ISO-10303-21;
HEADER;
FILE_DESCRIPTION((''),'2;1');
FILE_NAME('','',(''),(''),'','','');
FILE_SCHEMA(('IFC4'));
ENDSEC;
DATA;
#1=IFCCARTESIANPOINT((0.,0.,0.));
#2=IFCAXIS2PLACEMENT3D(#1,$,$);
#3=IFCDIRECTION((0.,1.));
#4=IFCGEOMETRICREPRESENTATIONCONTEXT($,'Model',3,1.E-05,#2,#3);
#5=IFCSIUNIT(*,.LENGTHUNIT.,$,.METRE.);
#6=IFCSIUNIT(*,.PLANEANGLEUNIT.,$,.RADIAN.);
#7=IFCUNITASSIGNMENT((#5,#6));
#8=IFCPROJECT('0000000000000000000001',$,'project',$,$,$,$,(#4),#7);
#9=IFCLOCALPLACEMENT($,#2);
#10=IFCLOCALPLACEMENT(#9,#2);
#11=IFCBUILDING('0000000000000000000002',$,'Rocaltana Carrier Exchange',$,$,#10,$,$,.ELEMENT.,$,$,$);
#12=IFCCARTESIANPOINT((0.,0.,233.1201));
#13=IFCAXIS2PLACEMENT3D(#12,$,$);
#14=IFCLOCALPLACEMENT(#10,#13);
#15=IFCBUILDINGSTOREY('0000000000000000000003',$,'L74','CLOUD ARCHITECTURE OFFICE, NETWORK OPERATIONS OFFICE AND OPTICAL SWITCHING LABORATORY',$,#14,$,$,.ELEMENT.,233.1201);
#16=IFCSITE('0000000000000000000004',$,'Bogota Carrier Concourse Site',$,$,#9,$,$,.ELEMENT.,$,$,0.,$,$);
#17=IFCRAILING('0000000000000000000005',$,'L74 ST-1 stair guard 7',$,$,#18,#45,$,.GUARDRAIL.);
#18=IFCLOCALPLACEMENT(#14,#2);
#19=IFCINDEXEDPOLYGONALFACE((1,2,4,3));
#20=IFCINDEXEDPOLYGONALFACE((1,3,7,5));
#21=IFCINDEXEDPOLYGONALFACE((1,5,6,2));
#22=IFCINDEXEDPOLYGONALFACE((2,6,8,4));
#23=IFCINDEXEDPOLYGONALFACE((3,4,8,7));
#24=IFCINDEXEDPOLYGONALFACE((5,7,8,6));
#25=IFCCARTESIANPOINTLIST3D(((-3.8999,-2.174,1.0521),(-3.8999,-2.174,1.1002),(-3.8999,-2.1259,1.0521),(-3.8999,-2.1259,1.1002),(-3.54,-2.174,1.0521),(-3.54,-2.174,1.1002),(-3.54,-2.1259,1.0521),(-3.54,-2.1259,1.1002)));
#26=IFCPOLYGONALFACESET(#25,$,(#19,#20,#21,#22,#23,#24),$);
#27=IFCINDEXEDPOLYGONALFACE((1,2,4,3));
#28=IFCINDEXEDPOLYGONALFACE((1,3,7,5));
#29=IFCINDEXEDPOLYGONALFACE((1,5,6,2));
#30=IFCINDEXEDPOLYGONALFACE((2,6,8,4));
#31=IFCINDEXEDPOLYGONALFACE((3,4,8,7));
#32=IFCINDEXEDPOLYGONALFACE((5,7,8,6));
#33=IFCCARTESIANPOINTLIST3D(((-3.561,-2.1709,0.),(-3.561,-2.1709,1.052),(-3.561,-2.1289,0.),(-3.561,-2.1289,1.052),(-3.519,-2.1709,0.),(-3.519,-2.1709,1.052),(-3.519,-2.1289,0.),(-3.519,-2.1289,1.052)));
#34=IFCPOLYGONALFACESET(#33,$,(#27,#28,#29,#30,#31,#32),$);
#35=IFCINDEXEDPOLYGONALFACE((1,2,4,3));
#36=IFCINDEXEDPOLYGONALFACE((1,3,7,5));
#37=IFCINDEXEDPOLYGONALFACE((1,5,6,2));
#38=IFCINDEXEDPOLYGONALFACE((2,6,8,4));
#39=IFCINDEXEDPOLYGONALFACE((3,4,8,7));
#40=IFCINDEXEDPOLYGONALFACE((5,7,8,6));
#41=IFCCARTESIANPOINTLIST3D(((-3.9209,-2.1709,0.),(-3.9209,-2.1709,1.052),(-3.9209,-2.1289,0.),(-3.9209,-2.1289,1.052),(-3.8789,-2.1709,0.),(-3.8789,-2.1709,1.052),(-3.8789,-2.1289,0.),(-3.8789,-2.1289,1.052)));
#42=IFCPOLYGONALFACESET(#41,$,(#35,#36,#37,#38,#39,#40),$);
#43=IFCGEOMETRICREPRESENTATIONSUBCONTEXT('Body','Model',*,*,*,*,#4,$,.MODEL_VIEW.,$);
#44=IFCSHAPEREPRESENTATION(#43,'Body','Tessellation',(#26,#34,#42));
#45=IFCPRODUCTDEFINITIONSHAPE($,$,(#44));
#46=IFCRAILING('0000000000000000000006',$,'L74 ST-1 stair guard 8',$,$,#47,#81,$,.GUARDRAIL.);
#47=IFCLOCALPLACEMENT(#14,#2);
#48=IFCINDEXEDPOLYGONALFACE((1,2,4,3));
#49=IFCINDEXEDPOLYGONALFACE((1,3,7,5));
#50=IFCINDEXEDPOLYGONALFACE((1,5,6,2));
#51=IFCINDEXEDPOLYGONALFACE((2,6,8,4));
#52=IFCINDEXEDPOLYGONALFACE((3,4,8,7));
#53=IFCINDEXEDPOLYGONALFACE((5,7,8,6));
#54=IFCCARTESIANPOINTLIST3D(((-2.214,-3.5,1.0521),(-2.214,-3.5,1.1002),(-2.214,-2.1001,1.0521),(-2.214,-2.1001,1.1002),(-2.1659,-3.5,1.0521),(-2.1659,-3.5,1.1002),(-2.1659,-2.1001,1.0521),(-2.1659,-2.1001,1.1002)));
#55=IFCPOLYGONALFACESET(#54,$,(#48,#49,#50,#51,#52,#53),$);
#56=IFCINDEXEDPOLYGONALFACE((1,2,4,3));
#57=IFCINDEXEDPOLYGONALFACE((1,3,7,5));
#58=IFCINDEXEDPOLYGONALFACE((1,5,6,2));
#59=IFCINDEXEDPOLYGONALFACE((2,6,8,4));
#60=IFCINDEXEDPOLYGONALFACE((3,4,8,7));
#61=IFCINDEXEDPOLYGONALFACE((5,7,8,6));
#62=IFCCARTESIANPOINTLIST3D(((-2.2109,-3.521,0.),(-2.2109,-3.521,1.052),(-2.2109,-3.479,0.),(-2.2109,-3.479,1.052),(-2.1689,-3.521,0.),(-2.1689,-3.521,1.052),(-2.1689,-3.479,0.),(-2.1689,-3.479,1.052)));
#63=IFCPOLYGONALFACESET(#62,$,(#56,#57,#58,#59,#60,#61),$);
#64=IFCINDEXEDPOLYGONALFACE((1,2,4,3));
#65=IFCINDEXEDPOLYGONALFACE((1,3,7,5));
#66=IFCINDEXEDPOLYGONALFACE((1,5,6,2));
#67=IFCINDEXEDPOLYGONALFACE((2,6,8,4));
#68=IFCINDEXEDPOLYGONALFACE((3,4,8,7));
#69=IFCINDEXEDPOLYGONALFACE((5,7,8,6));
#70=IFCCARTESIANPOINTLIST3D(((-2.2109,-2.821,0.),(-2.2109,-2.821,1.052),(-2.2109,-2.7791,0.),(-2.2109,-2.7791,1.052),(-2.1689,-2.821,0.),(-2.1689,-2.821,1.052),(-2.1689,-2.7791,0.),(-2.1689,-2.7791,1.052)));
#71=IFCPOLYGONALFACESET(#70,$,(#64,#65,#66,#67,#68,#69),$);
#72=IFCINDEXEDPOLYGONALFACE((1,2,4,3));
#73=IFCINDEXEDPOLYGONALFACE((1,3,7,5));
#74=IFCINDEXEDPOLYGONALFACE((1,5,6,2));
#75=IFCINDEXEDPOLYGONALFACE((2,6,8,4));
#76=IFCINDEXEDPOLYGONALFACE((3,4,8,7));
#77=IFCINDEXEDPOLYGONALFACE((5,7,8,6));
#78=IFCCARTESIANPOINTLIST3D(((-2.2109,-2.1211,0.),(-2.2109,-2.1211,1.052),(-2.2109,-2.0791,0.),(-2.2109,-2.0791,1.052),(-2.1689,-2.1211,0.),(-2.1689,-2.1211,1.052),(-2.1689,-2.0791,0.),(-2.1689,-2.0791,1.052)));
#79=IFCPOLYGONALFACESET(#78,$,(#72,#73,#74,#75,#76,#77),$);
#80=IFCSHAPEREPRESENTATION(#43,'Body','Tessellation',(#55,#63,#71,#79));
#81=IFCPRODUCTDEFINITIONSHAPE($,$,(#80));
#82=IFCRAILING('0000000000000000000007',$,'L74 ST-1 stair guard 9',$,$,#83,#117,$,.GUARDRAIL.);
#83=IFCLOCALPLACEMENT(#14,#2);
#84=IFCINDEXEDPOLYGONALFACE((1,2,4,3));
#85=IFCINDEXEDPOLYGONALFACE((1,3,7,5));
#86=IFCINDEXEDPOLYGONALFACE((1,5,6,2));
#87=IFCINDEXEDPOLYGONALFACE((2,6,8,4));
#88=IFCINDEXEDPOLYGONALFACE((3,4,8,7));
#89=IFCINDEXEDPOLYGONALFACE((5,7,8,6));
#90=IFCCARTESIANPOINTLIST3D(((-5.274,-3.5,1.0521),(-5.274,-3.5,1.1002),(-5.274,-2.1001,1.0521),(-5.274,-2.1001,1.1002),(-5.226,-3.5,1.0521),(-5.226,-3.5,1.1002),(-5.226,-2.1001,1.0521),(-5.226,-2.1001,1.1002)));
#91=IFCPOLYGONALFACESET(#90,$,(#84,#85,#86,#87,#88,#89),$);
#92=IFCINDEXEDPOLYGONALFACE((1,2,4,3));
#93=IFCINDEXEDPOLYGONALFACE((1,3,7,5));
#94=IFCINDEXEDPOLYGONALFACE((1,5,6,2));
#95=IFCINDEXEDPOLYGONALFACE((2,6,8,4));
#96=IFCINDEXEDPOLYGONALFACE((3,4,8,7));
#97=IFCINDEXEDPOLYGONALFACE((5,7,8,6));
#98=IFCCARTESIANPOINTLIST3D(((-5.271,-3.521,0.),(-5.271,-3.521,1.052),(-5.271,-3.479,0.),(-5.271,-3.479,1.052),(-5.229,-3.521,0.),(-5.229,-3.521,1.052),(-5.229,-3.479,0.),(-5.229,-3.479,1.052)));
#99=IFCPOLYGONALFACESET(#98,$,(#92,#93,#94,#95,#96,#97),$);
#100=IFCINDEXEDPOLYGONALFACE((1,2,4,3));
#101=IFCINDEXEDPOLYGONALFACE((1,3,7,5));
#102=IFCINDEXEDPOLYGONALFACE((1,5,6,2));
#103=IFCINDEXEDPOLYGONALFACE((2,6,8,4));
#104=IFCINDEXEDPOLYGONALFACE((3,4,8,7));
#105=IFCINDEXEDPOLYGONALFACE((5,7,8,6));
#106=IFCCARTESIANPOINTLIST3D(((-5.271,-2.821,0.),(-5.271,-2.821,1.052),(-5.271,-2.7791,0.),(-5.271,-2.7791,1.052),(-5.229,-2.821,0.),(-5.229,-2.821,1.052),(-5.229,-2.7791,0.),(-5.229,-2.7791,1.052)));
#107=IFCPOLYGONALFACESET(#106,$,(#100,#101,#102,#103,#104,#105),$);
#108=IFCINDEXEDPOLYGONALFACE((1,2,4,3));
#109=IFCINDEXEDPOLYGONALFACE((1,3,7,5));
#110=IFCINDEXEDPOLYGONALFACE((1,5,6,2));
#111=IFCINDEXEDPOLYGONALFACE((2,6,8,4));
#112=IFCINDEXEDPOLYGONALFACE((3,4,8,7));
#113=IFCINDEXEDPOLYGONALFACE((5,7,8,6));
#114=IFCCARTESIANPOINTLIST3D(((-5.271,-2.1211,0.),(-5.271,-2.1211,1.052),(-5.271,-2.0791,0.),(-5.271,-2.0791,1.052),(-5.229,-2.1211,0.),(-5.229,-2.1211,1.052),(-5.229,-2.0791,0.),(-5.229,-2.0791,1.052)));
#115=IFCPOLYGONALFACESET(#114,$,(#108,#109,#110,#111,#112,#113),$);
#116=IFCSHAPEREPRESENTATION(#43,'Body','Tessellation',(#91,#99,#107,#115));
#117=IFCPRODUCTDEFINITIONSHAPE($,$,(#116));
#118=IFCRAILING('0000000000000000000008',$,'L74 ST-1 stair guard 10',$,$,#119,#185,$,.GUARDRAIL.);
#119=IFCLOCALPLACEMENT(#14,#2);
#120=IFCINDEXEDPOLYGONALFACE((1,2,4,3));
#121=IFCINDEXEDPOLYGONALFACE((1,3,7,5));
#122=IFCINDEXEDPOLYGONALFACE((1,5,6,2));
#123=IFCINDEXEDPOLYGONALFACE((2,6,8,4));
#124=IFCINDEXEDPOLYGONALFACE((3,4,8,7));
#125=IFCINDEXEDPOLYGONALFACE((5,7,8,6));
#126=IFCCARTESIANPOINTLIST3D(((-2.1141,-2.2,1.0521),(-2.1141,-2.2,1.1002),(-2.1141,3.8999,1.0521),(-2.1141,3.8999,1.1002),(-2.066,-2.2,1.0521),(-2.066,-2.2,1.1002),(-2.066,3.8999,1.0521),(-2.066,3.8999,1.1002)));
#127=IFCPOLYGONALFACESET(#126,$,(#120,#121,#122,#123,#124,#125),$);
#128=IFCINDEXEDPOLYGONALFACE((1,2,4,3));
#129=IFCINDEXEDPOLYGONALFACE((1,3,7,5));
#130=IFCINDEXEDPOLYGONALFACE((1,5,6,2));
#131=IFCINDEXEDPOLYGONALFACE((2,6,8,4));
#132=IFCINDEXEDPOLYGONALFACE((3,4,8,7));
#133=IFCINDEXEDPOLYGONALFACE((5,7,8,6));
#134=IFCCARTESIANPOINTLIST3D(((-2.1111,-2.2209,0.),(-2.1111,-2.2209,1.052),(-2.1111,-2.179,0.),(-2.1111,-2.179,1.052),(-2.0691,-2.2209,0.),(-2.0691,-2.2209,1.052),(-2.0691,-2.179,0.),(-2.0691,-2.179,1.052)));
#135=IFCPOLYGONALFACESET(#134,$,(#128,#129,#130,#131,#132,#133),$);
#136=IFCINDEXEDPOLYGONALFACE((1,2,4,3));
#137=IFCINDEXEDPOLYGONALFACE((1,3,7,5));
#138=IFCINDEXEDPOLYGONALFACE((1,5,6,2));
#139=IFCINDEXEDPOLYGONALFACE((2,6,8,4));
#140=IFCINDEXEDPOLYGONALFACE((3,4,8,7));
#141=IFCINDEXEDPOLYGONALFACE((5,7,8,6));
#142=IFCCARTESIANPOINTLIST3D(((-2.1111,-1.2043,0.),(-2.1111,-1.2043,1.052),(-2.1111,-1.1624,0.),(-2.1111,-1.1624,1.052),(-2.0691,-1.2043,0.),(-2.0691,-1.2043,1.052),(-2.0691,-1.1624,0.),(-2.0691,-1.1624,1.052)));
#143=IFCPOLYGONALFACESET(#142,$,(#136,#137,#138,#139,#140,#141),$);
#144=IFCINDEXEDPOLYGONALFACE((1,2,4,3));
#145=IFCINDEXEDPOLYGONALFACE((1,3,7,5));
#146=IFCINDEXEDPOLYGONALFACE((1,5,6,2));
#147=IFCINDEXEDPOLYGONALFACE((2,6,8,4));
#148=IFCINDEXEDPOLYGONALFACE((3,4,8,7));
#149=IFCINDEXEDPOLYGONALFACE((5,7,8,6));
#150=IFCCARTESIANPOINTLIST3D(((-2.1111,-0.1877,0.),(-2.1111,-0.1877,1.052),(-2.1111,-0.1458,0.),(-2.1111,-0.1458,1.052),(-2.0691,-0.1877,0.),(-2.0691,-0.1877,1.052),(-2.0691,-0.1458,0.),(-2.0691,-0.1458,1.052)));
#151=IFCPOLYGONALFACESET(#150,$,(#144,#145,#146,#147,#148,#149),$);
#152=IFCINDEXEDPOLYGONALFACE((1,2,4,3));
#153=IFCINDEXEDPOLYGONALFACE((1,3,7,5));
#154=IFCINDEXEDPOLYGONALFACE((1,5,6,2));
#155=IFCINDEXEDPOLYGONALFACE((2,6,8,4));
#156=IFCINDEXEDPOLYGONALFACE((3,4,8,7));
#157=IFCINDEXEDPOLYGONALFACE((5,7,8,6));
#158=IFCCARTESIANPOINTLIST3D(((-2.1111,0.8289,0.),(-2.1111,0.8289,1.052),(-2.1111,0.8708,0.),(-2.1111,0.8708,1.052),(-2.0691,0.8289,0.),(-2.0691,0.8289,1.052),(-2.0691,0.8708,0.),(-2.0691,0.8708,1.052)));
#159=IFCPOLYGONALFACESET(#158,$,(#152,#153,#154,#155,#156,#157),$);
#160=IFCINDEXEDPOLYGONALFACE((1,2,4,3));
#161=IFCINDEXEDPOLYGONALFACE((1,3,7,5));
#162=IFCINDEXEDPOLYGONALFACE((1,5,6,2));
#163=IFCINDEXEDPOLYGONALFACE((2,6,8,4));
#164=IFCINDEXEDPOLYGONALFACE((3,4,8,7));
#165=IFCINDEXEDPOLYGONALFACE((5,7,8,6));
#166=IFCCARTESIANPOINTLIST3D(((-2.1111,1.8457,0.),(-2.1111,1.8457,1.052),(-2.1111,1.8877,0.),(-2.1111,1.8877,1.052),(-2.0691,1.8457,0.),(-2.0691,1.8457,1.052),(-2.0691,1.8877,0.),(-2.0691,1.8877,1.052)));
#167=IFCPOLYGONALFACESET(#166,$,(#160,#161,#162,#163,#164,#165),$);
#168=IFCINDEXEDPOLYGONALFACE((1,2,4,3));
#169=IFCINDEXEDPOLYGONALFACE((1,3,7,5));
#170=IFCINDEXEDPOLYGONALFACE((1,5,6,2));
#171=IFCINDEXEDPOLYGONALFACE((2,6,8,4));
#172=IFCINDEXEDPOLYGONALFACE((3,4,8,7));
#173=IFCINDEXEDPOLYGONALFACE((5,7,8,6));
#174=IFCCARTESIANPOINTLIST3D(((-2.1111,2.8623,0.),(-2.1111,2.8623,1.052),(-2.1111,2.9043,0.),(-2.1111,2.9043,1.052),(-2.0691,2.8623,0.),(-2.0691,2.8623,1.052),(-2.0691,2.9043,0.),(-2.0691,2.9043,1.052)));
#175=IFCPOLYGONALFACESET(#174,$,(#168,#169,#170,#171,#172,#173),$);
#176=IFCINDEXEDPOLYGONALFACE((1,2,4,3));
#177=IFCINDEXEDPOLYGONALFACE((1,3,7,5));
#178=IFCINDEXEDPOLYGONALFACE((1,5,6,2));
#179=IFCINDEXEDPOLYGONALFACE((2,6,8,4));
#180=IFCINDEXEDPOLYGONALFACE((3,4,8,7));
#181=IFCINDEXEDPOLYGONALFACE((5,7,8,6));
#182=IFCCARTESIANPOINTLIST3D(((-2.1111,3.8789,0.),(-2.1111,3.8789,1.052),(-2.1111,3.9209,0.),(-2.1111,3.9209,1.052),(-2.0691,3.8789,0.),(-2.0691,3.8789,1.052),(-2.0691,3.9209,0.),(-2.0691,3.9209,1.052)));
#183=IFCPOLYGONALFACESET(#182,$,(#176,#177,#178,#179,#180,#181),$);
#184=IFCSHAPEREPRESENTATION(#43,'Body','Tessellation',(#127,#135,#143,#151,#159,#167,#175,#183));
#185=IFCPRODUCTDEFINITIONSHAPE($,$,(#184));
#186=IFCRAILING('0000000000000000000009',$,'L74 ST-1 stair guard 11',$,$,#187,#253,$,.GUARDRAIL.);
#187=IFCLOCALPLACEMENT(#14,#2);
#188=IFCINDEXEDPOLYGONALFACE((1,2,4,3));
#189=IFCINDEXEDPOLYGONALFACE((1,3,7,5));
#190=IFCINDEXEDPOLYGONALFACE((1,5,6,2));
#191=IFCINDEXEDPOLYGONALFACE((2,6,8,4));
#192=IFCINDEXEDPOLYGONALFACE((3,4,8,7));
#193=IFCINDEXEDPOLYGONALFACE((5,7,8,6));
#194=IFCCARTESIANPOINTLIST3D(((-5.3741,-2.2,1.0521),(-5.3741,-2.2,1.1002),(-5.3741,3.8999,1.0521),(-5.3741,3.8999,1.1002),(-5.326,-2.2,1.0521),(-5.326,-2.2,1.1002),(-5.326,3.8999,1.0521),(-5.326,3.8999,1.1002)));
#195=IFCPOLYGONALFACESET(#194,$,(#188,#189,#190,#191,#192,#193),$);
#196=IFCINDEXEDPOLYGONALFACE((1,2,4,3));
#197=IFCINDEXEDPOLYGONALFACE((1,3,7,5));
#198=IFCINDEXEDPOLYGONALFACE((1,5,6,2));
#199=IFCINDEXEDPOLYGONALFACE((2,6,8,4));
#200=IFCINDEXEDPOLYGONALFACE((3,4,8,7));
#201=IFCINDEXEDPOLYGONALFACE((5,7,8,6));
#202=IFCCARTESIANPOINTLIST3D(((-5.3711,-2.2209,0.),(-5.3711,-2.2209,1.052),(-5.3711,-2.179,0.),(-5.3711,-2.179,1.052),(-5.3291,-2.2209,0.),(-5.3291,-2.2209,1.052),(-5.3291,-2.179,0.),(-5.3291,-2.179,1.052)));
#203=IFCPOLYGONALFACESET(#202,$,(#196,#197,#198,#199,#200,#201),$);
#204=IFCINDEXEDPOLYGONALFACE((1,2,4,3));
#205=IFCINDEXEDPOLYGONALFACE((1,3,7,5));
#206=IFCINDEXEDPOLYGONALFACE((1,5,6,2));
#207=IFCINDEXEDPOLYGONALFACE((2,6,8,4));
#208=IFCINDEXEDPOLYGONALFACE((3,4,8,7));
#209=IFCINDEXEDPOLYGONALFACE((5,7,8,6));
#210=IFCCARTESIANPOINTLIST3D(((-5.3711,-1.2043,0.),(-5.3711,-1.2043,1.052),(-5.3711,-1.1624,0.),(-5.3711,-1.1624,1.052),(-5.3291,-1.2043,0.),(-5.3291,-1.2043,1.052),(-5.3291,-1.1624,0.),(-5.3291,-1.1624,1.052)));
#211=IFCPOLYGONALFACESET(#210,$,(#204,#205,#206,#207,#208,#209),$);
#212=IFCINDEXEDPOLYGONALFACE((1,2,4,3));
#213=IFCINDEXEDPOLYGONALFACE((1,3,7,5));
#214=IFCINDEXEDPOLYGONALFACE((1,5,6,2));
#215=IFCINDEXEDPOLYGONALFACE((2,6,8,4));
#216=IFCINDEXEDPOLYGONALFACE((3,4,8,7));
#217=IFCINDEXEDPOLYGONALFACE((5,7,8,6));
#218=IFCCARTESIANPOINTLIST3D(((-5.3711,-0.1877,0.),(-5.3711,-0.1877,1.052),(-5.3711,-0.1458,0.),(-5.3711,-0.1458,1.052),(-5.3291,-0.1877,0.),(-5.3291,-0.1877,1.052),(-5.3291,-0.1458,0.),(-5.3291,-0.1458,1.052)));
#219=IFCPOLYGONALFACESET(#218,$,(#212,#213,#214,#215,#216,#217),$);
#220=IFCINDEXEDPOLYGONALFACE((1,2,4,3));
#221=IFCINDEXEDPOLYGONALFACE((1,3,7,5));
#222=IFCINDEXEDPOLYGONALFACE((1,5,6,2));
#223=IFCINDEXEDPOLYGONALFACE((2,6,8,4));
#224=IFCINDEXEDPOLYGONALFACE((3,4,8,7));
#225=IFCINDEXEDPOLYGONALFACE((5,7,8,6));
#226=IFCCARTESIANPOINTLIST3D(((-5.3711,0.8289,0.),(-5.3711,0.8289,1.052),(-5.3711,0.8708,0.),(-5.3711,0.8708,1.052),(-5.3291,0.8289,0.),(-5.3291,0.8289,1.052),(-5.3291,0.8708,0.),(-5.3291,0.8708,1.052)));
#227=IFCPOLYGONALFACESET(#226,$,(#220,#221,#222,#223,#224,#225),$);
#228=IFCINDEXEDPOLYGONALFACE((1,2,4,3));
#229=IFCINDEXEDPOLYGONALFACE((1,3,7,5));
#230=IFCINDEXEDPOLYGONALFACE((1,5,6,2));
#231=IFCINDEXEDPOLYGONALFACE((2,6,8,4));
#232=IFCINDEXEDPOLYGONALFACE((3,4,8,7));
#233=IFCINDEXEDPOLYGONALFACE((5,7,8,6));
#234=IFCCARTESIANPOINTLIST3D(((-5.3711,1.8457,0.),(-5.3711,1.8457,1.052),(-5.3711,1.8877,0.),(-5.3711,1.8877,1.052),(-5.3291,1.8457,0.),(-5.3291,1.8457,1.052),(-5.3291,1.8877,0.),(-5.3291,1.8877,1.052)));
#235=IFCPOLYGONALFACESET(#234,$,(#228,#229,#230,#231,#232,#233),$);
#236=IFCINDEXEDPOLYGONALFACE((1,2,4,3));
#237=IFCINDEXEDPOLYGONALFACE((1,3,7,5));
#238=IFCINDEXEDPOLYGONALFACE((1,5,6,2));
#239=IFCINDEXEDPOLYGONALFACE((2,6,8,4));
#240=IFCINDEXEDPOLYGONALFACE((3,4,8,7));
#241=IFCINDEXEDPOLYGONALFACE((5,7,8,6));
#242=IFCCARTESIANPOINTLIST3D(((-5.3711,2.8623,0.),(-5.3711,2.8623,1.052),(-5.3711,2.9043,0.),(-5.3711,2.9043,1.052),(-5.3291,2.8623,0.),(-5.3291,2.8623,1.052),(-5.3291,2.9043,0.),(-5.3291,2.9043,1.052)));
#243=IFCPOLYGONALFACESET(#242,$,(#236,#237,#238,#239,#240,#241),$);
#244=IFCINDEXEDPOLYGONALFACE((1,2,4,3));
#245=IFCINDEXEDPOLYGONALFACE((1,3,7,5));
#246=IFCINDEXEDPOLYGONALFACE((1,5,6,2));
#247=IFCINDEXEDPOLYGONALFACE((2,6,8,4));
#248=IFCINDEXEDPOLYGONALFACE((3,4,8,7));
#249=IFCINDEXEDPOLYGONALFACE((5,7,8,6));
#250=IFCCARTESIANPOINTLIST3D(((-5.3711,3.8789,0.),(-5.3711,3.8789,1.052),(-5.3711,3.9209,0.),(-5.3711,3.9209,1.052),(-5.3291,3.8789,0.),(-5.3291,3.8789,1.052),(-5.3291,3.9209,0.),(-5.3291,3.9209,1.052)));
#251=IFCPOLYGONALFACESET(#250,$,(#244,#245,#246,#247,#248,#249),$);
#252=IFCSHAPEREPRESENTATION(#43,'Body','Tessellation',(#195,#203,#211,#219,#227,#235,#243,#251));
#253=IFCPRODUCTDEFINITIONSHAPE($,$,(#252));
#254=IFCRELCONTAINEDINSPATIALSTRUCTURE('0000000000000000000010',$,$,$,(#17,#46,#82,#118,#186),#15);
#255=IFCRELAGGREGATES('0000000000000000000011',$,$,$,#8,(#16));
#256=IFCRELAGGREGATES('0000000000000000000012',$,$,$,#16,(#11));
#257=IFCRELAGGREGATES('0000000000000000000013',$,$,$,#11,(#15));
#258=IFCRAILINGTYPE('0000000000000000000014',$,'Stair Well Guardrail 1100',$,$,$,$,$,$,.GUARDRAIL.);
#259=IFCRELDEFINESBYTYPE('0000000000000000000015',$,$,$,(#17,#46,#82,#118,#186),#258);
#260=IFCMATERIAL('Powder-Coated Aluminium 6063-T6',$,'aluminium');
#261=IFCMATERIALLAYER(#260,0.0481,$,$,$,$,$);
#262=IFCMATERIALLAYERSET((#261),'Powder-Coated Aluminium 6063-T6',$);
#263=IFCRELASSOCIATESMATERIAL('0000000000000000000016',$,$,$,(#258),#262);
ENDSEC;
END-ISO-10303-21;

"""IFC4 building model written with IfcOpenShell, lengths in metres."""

from ifc_helpers import new_model, si_unit, direction, frame, origin, origin_2d, place, context, subcontext, project, spatial, rectangle, extrude, material, layer, layer_set, type_object, element, save


model = new_model("IFC4")

# Units and contexts
model_context = context("Model", 3, precision=1e-05, world=origin(), true_north=direction((0.0, 1.0)))
body_context = subcontext(model_context, "Body", "Model", "MODEL_VIEW")
ifc_project = project(units=[si_unit("LENGTHUNIT", "METRE"), si_unit("PLANEANGLEUNIT", "RADIAN")], contexts=[model_context])

# Site, building, storey
site_placement = place(None, origin())
site = spatial("IfcSite", under=ifc_project, at=site_placement, Name="Bogota Carrier Concourse Site", CompositionType="ELEMENT", RefElevation=0.0)
building_placement = place(site_placement, origin())
building = spatial("IfcBuilding", under=site, at=building_placement, Name="Rocaltana Carrier Exchange", CompositionType="ELEMENT")
storey_placement = place(building_placement, frame((0.0, 0.0, 233.1201)))
storey = spatial("IfcBuildingStorey", under=building, at=storey_placement, Name="L74", Description="CLOUD ARCHITECTURE OFFICE, NETWORK OPERATIONS OFFICE AND OPTICAL SWITCHING LABORATORY", CompositionType="ELEMENT", Elevation=233.1201)

# Railings
ifc_material_1 = material(Name="Powder-Coated Aluminium 6063-T6", Category="aluminium")
ifc_layer_1 = layer(ifc_material_1, 0.0481)
ifc_layer_set_1 = layer_set([ifc_layer_1], Name="Powder-Coated Aluminium 6063-T6")
railing_type_1 = type_object("IfcRailingType", Name="Stair Well Guardrail 1100", PredefinedType="GUARDRAIL", material=ifc_layer_set_1)
railing_1_placement = place(storey_placement, frame((-3.54, -2.1499, 0.0)))
element("IfcRailing", 1, at=railing_1_placement, inside=storey, type_object=railing_type_1, Name="L74 ST-1 stair guard 7", PredefinedType="GUARDRAIL", context=body_context, shape_type="SweptSolid", body=[
    extrude(rectangle(XDim=0.0481, YDim=0.0481, at=origin_2d()), frame((0.0, 0.0, 1.0762), z_axis=(-1.0, 0.0, 0.0), x_axis=(0.0, -1.0, 0.0)), (0.0, 0.0, 1.0), 0.3599),
    extrude(rectangle(XDim=0.042, YDim=0.042, at=origin_2d()), origin(), (0.0, 0.0, 1.0), 1.052),
    extrude(rectangle(XDim=0.042, YDim=0.042, at=origin_2d()), frame((-0.3599, 0.0, 0.0)), (0.0, 0.0, 1.0), 1.052),
])
for number, where, name in (
    (2, (-2.1899, -3.5, 0.0), "L74 ST-1 stair guard 8"),
    (3, (-5.25, -3.5, 0.0), "L74 ST-1 stair guard 9"),
):
    element("IfcRailing", number, at=place(storey_placement, frame(where)), inside=storey, type_object=railing_type_1, Name=name, PredefinedType="GUARDRAIL", context=body_context, shape_type="SweptSolid", body=[
        extrude(rectangle(XDim=0.0481, YDim=0.0481, at=origin_2d()), frame((0.0, 0.0, 1.0762), z_axis=(0.0, 1.0, 0.0), x_axis=(-1.0, 0.0, 0.0)), (0.0, 0.0, 1.0), 1.3999),
        extrude(rectangle(XDim=0.042, YDim=0.042, at=origin_2d()), origin(), (0.0, 0.0, 1.0), 1.052),
        extrude(rectangle(XDim=0.042, YDim=0.042, at=origin_2d()), frame((0.0, 0.7, 0.0)), (0.0, 0.0, 1.0), 1.052),
        extrude(rectangle(XDim=0.042, YDim=0.042, at=origin_2d()), frame((0.0, 1.3999, 0.0)), (0.0, 0.0, 1.0), 1.052),
    ])
for number, where, name in (
    (4, (-2.0901, -2.2, 0.0), "L74 ST-1 stair guard 10"),
    (5, (-5.3501, -2.2, 0.0), "L74 ST-1 stair guard 11"),
):
    element("IfcRailing", number, at=place(storey_placement, frame(where)), inside=storey, type_object=railing_type_1, Name=name, PredefinedType="GUARDRAIL", context=body_context, shape_type="SweptSolid", body=[
        extrude(rectangle(XDim=0.0481, YDim=0.0481, at=origin_2d()), frame((0.0, 0.0, 1.0762), z_axis=(0.0, 1.0, 0.0), x_axis=(-1.0, 0.0, 0.0)), (0.0, 0.0, 1.0), 6.0999),
        extrude(rectangle(XDim=0.042, YDim=0.042, at=origin_2d()), origin(), (0.0, 0.0, 1.0), 1.052),
        extrude(rectangle(XDim=0.042, YDim=0.042, at=origin_2d()), frame((0.0, 1.0166, 0.0)), (0.0, 0.0, 1.0), 1.052),
        extrude(rectangle(XDim=0.042, YDim=0.042, at=origin_2d()), frame((0.0, 2.0332, 0.0)), (0.0, 0.0, 1.0), 1.052),
        extrude(rectangle(XDim=0.042, YDim=0.042, at=origin_2d()), frame((0.0, 3.0498, 0.0)), (0.0, 0.0, 1.0), 1.052),
        extrude(rectangle(XDim=0.042, YDim=0.042, at=origin_2d()), frame((0.0, 4.0667, 0.0)), (0.0, 0.0, 1.0), 1.052),
        extrude(rectangle(XDim=0.042, YDim=0.042, at=origin_2d()), frame((0.0, 5.0833, 0.0)), (0.0, 0.0, 1.0), 1.052),
        extrude(rectangle(XDim=0.042, YDim=0.042, at=origin_2d()), frame((0.0, 6.0999, 0.0)), (0.0, 0.0, 1.0), 1.052),
    ])

save(model, "model.ifc")
